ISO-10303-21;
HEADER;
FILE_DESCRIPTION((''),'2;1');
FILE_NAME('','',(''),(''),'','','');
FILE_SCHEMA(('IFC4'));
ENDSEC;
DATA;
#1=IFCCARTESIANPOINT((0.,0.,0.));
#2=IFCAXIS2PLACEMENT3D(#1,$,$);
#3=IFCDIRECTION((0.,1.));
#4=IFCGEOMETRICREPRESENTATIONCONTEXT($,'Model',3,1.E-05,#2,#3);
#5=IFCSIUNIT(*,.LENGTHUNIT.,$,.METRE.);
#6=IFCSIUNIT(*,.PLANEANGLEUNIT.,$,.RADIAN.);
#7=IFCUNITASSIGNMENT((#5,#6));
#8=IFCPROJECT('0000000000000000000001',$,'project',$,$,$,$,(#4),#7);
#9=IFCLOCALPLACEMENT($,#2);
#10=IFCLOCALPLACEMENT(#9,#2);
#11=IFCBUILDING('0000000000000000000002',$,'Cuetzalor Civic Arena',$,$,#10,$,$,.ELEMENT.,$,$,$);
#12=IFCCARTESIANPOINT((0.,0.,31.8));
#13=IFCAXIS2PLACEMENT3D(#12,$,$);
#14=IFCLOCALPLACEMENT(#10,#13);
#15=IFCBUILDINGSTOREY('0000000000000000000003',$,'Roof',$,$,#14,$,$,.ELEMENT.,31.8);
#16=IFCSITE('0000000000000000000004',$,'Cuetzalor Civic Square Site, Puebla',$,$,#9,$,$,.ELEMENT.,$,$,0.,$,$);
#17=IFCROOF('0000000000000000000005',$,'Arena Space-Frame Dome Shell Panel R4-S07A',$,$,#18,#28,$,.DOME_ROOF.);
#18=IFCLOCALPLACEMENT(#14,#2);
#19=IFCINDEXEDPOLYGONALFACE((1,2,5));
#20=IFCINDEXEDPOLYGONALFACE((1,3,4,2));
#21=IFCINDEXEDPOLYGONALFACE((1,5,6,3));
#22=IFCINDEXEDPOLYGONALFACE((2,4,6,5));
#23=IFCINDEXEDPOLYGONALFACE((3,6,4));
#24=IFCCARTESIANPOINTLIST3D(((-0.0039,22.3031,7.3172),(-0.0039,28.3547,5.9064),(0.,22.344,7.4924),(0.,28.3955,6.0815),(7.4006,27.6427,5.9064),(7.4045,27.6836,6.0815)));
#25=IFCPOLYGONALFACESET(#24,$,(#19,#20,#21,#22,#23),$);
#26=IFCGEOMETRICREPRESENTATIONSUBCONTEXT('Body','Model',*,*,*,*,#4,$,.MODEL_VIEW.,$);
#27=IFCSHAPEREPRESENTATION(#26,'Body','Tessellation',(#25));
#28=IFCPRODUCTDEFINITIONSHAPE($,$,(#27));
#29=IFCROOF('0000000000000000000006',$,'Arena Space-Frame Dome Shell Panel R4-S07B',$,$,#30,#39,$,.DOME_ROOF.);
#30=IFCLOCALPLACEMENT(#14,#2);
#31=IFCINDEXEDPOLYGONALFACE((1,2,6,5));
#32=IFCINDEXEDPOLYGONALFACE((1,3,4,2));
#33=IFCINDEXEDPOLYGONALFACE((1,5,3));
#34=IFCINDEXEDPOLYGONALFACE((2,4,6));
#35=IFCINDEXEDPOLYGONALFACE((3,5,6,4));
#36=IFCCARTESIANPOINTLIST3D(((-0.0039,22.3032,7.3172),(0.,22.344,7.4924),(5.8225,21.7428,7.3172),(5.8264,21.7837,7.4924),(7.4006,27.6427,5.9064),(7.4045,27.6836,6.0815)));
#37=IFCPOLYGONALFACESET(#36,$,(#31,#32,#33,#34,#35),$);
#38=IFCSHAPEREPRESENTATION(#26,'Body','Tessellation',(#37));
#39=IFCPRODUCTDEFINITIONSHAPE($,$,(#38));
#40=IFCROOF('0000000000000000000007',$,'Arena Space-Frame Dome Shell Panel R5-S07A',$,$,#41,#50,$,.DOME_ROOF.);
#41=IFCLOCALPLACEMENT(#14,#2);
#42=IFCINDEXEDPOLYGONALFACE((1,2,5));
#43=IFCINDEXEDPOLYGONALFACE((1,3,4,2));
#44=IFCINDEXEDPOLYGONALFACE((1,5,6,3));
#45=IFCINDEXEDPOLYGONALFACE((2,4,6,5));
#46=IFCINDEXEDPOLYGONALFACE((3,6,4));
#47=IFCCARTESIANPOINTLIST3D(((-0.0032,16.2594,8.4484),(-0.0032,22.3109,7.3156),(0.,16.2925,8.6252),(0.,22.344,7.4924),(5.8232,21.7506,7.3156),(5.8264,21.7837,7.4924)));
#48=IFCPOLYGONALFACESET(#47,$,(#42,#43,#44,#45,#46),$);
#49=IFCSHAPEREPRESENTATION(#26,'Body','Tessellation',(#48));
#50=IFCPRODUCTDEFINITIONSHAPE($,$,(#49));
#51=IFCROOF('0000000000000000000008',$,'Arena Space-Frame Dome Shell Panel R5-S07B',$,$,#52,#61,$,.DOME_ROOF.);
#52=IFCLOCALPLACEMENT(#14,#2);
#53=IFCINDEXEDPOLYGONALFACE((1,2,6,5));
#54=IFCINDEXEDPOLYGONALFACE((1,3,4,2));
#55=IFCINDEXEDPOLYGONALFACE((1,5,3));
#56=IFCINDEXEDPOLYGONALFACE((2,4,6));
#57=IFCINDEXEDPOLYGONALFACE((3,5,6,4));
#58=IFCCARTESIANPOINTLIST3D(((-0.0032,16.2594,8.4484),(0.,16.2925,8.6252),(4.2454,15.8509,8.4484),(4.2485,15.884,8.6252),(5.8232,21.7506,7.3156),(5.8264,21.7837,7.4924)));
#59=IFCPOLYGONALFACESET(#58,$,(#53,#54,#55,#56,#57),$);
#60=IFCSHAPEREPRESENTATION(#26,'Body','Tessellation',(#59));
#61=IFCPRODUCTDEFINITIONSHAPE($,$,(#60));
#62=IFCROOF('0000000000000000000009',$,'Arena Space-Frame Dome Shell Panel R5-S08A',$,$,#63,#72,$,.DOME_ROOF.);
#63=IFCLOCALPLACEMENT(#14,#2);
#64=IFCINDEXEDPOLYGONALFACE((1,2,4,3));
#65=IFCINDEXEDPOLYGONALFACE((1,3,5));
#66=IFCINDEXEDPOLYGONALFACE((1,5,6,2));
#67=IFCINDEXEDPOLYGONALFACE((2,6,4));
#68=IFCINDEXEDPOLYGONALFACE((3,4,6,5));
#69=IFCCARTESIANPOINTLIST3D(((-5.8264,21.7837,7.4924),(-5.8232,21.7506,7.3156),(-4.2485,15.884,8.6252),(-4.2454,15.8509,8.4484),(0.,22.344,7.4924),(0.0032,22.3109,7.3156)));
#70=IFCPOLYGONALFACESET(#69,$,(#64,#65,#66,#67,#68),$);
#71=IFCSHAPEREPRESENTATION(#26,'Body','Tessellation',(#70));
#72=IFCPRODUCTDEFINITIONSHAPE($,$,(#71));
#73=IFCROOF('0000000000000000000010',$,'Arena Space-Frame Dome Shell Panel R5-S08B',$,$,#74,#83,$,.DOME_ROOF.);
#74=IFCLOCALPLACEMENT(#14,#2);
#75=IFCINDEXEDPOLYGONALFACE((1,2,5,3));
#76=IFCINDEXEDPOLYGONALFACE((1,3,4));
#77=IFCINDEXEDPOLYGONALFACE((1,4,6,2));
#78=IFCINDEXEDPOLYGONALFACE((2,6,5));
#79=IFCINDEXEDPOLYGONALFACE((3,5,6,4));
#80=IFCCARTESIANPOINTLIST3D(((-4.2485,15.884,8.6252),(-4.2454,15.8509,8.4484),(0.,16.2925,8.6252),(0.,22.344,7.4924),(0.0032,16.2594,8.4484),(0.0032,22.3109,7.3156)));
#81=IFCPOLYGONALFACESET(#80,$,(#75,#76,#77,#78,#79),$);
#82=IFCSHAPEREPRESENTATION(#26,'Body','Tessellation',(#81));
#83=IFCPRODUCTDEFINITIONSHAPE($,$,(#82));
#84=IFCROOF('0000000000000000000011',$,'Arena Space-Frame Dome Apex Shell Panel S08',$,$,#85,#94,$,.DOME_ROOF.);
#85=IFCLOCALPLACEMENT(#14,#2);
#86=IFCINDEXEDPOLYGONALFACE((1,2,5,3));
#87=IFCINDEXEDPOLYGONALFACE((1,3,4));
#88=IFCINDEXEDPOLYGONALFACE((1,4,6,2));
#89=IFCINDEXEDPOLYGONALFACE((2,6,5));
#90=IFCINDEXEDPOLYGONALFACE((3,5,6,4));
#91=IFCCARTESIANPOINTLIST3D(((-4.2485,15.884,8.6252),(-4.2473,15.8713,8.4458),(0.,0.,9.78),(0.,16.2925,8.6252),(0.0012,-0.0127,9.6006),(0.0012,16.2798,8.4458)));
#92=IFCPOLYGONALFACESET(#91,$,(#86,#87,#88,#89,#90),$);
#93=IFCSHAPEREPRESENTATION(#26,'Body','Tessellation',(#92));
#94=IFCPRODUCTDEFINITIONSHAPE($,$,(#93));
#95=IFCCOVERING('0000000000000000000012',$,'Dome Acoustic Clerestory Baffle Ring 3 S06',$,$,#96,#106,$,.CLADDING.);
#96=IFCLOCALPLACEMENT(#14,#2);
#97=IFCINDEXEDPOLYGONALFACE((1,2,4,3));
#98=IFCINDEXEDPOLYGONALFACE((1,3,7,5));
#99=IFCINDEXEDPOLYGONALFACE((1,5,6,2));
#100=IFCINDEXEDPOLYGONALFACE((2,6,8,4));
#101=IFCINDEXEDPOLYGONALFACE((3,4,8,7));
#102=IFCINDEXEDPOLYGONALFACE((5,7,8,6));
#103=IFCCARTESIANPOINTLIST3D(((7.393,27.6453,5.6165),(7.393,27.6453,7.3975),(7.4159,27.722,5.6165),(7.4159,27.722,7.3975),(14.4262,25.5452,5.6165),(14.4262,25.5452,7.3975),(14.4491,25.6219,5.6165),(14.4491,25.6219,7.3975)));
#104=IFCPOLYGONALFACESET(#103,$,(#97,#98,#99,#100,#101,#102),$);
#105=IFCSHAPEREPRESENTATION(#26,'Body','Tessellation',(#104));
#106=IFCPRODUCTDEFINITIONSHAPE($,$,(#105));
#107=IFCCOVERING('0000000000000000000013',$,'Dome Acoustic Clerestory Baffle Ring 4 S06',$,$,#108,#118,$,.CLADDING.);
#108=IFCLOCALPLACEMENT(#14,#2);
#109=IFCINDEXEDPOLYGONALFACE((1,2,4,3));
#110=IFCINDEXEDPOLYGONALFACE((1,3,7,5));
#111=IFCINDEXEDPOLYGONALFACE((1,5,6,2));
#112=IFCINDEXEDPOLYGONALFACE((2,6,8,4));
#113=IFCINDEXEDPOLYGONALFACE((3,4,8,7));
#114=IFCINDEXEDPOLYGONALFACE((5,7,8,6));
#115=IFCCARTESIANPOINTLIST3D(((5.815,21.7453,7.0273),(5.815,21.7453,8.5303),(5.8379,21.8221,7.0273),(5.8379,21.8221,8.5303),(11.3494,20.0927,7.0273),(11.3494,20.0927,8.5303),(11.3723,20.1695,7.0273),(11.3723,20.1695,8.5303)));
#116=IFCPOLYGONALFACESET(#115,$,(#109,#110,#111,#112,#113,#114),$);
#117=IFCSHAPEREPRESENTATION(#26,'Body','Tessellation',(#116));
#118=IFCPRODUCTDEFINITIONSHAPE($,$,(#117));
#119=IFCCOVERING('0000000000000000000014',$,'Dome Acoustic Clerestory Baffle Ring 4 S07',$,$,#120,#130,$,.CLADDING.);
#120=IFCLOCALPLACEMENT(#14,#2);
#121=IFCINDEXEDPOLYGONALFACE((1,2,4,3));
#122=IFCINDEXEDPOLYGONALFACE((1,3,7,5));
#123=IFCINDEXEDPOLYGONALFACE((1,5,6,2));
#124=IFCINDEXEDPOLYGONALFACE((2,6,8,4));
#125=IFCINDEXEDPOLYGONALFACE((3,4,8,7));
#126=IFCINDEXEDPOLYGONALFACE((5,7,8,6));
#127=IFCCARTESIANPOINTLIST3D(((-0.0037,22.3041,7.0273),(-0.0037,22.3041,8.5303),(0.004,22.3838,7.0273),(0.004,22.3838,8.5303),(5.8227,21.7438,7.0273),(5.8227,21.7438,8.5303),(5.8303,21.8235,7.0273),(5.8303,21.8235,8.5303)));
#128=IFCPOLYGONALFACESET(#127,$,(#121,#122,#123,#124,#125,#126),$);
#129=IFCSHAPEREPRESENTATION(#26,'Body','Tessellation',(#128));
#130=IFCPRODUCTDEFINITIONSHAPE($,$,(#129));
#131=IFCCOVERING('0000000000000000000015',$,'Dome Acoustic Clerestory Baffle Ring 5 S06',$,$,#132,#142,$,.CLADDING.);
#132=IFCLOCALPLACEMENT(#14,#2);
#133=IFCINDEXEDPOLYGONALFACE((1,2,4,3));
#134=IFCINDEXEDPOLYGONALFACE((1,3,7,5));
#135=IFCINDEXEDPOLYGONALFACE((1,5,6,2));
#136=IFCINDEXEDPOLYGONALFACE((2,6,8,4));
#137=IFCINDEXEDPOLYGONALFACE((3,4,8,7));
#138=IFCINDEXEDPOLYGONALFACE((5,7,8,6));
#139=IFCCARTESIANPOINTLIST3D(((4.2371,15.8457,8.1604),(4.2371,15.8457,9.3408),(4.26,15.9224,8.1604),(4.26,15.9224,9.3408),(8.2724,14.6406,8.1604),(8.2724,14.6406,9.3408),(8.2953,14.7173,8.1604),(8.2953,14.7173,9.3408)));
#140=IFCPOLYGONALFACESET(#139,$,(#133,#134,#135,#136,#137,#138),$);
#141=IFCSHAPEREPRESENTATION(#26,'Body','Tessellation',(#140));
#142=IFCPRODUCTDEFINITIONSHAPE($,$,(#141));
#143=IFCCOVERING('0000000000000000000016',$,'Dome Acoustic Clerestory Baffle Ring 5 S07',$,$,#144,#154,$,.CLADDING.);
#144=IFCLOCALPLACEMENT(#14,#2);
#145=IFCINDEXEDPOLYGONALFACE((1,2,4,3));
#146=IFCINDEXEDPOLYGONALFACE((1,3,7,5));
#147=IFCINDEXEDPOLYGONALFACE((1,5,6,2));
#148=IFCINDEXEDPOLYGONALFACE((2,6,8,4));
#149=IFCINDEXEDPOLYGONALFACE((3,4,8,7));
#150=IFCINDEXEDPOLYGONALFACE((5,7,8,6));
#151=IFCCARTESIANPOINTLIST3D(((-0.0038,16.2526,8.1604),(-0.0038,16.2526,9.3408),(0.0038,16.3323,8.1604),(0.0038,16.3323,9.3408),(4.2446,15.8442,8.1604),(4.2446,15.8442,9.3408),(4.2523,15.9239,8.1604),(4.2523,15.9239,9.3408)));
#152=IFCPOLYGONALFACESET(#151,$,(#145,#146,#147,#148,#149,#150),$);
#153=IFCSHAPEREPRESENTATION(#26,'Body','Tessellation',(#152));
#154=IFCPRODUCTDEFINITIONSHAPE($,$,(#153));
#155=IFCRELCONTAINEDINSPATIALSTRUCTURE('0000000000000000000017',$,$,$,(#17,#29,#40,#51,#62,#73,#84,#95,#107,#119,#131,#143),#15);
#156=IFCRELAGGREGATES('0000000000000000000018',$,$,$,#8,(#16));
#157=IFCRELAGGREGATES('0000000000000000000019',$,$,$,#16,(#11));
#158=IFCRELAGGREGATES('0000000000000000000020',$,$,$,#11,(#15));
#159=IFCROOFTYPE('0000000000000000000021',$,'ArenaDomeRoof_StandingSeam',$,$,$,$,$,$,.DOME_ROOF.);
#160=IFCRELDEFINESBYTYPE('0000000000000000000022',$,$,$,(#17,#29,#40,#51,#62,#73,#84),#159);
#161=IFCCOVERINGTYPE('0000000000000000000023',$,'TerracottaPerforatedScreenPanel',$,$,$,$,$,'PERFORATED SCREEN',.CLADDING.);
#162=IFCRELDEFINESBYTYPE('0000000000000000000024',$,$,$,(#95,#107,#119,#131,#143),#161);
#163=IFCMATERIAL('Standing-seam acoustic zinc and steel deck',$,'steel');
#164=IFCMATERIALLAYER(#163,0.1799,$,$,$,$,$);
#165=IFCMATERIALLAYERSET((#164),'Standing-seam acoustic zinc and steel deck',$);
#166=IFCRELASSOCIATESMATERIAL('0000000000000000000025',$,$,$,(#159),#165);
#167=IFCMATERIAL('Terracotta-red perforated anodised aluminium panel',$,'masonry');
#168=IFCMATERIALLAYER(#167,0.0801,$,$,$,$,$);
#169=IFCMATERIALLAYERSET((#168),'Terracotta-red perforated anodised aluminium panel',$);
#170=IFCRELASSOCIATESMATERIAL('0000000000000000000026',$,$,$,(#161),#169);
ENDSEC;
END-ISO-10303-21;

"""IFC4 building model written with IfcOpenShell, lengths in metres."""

from ifc_helpers import new_model, si_unit, direction, frame, frame_2d, origin, place, context, subcontext, project, spatial, polyline, rectangle, outline, extrude, material, layer, layer_set, type_object, element, save


model = new_model("IFC4")

# Units and contexts
model_context = context("Model", 3, precision=1e-05, world=origin(), true_north=direction((0.0, 1.0)))
body_context = subcontext(model_context, "Body", "Model", "MODEL_VIEW")
ifc_project = project(units=[si_unit("LENGTHUNIT", "METRE"), si_unit("PLANEANGLEUNIT", "RADIAN")], contexts=[model_context])

# Site, building, storey
site_placement = place(None, origin())
site = spatial("IfcSite", under=ifc_project, at=site_placement, Name="Cuetzalor Civic Square Site, Puebla", CompositionType="ELEMENT", RefElevation=0.0)
building_placement = place(site_placement, origin())
building = spatial("IfcBuilding", under=site, at=building_placement, Name="Cuetzalor Civic Arena", CompositionType="ELEMENT")
storey_placement = place(building_placement, frame((0.0, 0.0, 31.8)))
storey = spatial("IfcBuildingStorey", under=building, at=storey_placement, Name="Roof", CompositionType="ELEMENT", Elevation=31.8)

# Roofs
ifc_material_1 = material(Name="Standing-seam acoustic zinc and steel deck", Category="steel")
ifc_layer_1 = layer(ifc_material_1, 0.1799)
ifc_layer_set_1 = layer_set([ifc_layer_1], Name="Standing-seam acoustic zinc and steel deck")
roof_type = type_object("IfcRoofType", Name="ArenaDomeRoof_StandingSeam", PredefinedType="DOME_ROOF", material=ifc_layer_set_1)
roof_1_placement = place(storey_placement, frame((7.4045, 27.6836, 6.0815), z_axis=(0.021825, 0.227003, 0.973649), x_axis=(-0.99541, 0.095704, 0.0)))
element("IfcRoof", 1, at=roof_1_placement, inside=storey, type_object=roof_type, Name="Arena Space-Frame Dome Shell Panel R4-S07A", PredefinedType="DOME_ROOF", context=body_context, shape_type="SweptSolid", body=[
    extrude(outline(polyline([(0.0, 0.0), (7.4387, 0.0), (6.8595, 6.1868), (0.0, 0.0)])), origin(), (0.0, 0.0, -1.0), 0.1799),
])
roof_2_placement = place(storey_placement, frame((7.4045, 27.6836, 6.0815), z_axis=(0.021829, 0.226998, 0.973651), x_axis=(-0.801585, -0.578043, 0.152737)))
element("IfcRoof", 2, at=roof_2_placement, inside=storey, type_object=roof_type, Name="Arena Space-Frame Dome Shell Panel R4-S07B", PredefinedType="DOME_ROOF", context=body_context, shape_type="SweptSolid", body=[
    extrude(outline(polyline([(0.0, 0.0), (9.2374, 0.0), (4.8909, 3.9203), (0.0, 0.0)])), origin(), (0.0, 0.0, -1.0), 0.1799),
])
roof_3_placement = place(storey_placement, frame((5.8264, 21.7837, 7.4924), z_axis=(0.017692, 0.18397, 0.982773), x_axis=(-0.995408, 0.095724, 0.0)))
element("IfcRoof", 3, at=roof_3_placement, inside=storey, type_object=roof_type, Name="Arena Space-Frame Dome Shell Panel R5-S07A", PredefinedType="DOME_ROOF", context=body_context, shape_type="SweptSolid", body=[
    extrude(outline(polyline([(0.0, 0.0), (5.8533, 0.0), (5.274, 6.1293), (0.0, 0.0)])), origin(), (0.0, 0.0, -1.0), 0.1799),
])
roof_4_placement = place(storey_placement, frame((5.8264, 21.7837, 7.4924), z_axis=(0.017687, 0.183975, 0.982772), x_axis=(-0.720554, -0.679099, 0.140095)))
element("IfcRoof", 4, at=roof_4_placement, inside=storey, type_object=roof_type, Name="Arena Space-Frame Dome Shell Panel R5-S07B", PredefinedType="DOME_ROOF", context=body_context, shape_type="SweptSolid", body=[
    extrude(outline(polyline([(0.0, 0.0), (8.086, 0.0), (5.3021, 3.2352), (0.0, 0.0)])), origin(), (0.0, 0.0, -1.0), 0.1799),
])
roof_5_placement = place(storey_placement, frame((0.0, 22.344, 7.4924), z_axis=(-0.017692, 0.183973, 0.982772), x_axis=(-0.995408, -0.095724, 0.0)))
element("IfcRoof", 5, at=roof_5_placement, inside=storey, type_object=roof_type, Name="Arena Space-Frame Dome Shell Panel R5-S08A", PredefinedType="DOME_ROOF", context=body_context, shape_type="SweptSolid", body=[
    extrude(outline(polyline([(0.0, 0.0), (5.8533, 0.0), (4.8474, 6.1292), (0.0, 0.0)])), origin(), (0.0, 0.0, -1.0), 0.1799),
])
roof_6_placement = place(storey_placement, frame((0.0, 22.344, 7.4924), z_axis=(-0.017687, 0.18397, 0.982773), x_axis=(-0.543682, -0.826677, 0.144965)))
element("IfcRoof", 6, at=roof_6_placement, inside=storey, type_object=roof_type, Name="Arena Space-Frame Dome Shell Panel R5-S08B", PredefinedType="DOME_ROOF", context=body_context, shape_type="SweptSolid", body=[
    extrude(outline(polyline([(0.0, 0.0), (7.8144, 0.0), (5.1669, 3.3478), (0.0, 0.0)])), origin(), (0.0, 0.0, -1.0), 0.1799),
])
roof_7_placement = place(storey_placement, frame((0.0, 16.2925, 8.6252), z_axis=(-0.006797, 0.070699, 0.997475), x_axis=(-0.99541, -0.095697, 0.0)))
element("IfcRoof", 7, at=roof_7_placement, inside=storey, type_object=roof_type, Name="Arena Space-Frame Dome Apex Shell Panel S08", PredefinedType="DOME_ROOF", context=body_context, shape_type="SweptSolid", body=[
    extrude(outline(polyline([(0.0, 0.0), (4.2681, 0.0), (1.5591, 16.2588), (0.0, 0.0)])), origin(), (0.0, 0.0, -1.0), 0.1799),
])

# Coverings
ifc_material_2 = material(Name="Terracotta-red perforated anodised aluminium panel", Category="masonry")
ifc_layer_2 = layer(ifc_material_2, 0.0801)
ifc_layer_set_2 = layer_set([ifc_layer_2], Name="Terracotta-red perforated anodised aluminium panel")
covering_type = type_object("IfcCoveringType", Name="TerracottaPerforatedScreenPanel", ElementType="PERFORATED SCREEN", PredefinedType="CLADDING", material=ifc_layer_set_2)
covering_1_placement = place(storey_placement, frame((7.4045, 27.6836, 5.6165), z_axis=(0.0, 0.0, 1.0), x_axis=(0.958195, -0.286115, 0.0)))
element("IfcCovering", 8, at=covering_1_placement, inside=storey, type_object=covering_type, Name="Dome Acoustic Clerestory Baffle Ring 3 S06", PredefinedType="CLADDING", context=body_context, shape_type="SweptSolid", body=[
    extrude(rectangle(XDim=7.3401, YDim=0.0801, at=frame_2d((3.6699, 0.0))), origin(), (0.0, 0.0, 1.0), 1.781),
])
covering_2_placement = place(storey_placement, frame((5.8264, 21.7837, 7.0273), z_axis=(0.0, 0.0, 1.0), x_axis=(0.958194, -0.286118, 0.0)))
element("IfcCovering", 9, at=covering_2_placement, inside=storey, type_object=covering_type, Name="Dome Acoustic Clerestory Baffle Ring 4 S06", PredefinedType="CLADDING", context=body_context, shape_type="SweptSolid", body=[
    extrude(rectangle(XDim=5.7759, YDim=0.0801, at=frame_2d((2.8879, 0.0))), origin(), (0.0, 0.0, 1.0), 1.5029),
])
covering_3_placement = place(storey_placement, frame((0.0, 22.344, 7.0273), z_axis=(0.0, 0.0, 1.0), x_axis=(0.995408, -0.095724, 0.0)))
element("IfcCovering", 10, at=covering_3_placement, inside=storey, type_object=covering_type, Name="Dome Acoustic Clerestory Baffle Ring 4 S07", PredefinedType="CLADDING", context=body_context, shape_type="SweptSolid", body=[
    extrude(rectangle(XDim=5.8533, YDim=0.0801, at=frame_2d((2.9268, 0.0))), origin(), (0.0, 0.0, 1.0), 1.5029),
])
covering_4_placement = place(storey_placement, frame((4.2485, 15.884, 8.1604), z_axis=(0.0, 0.0, 1.0), x_axis=(0.958188, -0.28614, 0.0)))
element("IfcCovering", 11, at=covering_4_placement, inside=storey, type_object=covering_type, Name="Dome Acoustic Clerestory Baffle Ring 5 S06", PredefinedType="CLADDING", context=body_context, shape_type="SweptSolid", body=[
    extrude(rectangle(XDim=4.2114, YDim=0.0801, at=frame_2d((2.1057, 0.0))), origin(), (0.0, 0.0, 1.0), 1.1804),
])
covering_5_placement = place(storey_placement, frame((0.0, 16.2925, 8.1604), z_axis=(0.0, 0.0, 1.0), x_axis=(0.99541, -0.095697, 0.0)))
element("IfcCovering", 12, at=covering_5_placement, inside=storey, type_object=covering_type, Name="Dome Acoustic Clerestory Baffle Ring 5 S07", PredefinedType="CLADDING", context=body_context, shape_type="SweptSolid", body=[
    extrude(rectangle(XDim=4.2681, YDim=0.0801, at=frame_2d((2.134, 0.0))), origin(), (0.0, 0.0, 1.0), 1.1804),
])

save(model, "model.ifc")
